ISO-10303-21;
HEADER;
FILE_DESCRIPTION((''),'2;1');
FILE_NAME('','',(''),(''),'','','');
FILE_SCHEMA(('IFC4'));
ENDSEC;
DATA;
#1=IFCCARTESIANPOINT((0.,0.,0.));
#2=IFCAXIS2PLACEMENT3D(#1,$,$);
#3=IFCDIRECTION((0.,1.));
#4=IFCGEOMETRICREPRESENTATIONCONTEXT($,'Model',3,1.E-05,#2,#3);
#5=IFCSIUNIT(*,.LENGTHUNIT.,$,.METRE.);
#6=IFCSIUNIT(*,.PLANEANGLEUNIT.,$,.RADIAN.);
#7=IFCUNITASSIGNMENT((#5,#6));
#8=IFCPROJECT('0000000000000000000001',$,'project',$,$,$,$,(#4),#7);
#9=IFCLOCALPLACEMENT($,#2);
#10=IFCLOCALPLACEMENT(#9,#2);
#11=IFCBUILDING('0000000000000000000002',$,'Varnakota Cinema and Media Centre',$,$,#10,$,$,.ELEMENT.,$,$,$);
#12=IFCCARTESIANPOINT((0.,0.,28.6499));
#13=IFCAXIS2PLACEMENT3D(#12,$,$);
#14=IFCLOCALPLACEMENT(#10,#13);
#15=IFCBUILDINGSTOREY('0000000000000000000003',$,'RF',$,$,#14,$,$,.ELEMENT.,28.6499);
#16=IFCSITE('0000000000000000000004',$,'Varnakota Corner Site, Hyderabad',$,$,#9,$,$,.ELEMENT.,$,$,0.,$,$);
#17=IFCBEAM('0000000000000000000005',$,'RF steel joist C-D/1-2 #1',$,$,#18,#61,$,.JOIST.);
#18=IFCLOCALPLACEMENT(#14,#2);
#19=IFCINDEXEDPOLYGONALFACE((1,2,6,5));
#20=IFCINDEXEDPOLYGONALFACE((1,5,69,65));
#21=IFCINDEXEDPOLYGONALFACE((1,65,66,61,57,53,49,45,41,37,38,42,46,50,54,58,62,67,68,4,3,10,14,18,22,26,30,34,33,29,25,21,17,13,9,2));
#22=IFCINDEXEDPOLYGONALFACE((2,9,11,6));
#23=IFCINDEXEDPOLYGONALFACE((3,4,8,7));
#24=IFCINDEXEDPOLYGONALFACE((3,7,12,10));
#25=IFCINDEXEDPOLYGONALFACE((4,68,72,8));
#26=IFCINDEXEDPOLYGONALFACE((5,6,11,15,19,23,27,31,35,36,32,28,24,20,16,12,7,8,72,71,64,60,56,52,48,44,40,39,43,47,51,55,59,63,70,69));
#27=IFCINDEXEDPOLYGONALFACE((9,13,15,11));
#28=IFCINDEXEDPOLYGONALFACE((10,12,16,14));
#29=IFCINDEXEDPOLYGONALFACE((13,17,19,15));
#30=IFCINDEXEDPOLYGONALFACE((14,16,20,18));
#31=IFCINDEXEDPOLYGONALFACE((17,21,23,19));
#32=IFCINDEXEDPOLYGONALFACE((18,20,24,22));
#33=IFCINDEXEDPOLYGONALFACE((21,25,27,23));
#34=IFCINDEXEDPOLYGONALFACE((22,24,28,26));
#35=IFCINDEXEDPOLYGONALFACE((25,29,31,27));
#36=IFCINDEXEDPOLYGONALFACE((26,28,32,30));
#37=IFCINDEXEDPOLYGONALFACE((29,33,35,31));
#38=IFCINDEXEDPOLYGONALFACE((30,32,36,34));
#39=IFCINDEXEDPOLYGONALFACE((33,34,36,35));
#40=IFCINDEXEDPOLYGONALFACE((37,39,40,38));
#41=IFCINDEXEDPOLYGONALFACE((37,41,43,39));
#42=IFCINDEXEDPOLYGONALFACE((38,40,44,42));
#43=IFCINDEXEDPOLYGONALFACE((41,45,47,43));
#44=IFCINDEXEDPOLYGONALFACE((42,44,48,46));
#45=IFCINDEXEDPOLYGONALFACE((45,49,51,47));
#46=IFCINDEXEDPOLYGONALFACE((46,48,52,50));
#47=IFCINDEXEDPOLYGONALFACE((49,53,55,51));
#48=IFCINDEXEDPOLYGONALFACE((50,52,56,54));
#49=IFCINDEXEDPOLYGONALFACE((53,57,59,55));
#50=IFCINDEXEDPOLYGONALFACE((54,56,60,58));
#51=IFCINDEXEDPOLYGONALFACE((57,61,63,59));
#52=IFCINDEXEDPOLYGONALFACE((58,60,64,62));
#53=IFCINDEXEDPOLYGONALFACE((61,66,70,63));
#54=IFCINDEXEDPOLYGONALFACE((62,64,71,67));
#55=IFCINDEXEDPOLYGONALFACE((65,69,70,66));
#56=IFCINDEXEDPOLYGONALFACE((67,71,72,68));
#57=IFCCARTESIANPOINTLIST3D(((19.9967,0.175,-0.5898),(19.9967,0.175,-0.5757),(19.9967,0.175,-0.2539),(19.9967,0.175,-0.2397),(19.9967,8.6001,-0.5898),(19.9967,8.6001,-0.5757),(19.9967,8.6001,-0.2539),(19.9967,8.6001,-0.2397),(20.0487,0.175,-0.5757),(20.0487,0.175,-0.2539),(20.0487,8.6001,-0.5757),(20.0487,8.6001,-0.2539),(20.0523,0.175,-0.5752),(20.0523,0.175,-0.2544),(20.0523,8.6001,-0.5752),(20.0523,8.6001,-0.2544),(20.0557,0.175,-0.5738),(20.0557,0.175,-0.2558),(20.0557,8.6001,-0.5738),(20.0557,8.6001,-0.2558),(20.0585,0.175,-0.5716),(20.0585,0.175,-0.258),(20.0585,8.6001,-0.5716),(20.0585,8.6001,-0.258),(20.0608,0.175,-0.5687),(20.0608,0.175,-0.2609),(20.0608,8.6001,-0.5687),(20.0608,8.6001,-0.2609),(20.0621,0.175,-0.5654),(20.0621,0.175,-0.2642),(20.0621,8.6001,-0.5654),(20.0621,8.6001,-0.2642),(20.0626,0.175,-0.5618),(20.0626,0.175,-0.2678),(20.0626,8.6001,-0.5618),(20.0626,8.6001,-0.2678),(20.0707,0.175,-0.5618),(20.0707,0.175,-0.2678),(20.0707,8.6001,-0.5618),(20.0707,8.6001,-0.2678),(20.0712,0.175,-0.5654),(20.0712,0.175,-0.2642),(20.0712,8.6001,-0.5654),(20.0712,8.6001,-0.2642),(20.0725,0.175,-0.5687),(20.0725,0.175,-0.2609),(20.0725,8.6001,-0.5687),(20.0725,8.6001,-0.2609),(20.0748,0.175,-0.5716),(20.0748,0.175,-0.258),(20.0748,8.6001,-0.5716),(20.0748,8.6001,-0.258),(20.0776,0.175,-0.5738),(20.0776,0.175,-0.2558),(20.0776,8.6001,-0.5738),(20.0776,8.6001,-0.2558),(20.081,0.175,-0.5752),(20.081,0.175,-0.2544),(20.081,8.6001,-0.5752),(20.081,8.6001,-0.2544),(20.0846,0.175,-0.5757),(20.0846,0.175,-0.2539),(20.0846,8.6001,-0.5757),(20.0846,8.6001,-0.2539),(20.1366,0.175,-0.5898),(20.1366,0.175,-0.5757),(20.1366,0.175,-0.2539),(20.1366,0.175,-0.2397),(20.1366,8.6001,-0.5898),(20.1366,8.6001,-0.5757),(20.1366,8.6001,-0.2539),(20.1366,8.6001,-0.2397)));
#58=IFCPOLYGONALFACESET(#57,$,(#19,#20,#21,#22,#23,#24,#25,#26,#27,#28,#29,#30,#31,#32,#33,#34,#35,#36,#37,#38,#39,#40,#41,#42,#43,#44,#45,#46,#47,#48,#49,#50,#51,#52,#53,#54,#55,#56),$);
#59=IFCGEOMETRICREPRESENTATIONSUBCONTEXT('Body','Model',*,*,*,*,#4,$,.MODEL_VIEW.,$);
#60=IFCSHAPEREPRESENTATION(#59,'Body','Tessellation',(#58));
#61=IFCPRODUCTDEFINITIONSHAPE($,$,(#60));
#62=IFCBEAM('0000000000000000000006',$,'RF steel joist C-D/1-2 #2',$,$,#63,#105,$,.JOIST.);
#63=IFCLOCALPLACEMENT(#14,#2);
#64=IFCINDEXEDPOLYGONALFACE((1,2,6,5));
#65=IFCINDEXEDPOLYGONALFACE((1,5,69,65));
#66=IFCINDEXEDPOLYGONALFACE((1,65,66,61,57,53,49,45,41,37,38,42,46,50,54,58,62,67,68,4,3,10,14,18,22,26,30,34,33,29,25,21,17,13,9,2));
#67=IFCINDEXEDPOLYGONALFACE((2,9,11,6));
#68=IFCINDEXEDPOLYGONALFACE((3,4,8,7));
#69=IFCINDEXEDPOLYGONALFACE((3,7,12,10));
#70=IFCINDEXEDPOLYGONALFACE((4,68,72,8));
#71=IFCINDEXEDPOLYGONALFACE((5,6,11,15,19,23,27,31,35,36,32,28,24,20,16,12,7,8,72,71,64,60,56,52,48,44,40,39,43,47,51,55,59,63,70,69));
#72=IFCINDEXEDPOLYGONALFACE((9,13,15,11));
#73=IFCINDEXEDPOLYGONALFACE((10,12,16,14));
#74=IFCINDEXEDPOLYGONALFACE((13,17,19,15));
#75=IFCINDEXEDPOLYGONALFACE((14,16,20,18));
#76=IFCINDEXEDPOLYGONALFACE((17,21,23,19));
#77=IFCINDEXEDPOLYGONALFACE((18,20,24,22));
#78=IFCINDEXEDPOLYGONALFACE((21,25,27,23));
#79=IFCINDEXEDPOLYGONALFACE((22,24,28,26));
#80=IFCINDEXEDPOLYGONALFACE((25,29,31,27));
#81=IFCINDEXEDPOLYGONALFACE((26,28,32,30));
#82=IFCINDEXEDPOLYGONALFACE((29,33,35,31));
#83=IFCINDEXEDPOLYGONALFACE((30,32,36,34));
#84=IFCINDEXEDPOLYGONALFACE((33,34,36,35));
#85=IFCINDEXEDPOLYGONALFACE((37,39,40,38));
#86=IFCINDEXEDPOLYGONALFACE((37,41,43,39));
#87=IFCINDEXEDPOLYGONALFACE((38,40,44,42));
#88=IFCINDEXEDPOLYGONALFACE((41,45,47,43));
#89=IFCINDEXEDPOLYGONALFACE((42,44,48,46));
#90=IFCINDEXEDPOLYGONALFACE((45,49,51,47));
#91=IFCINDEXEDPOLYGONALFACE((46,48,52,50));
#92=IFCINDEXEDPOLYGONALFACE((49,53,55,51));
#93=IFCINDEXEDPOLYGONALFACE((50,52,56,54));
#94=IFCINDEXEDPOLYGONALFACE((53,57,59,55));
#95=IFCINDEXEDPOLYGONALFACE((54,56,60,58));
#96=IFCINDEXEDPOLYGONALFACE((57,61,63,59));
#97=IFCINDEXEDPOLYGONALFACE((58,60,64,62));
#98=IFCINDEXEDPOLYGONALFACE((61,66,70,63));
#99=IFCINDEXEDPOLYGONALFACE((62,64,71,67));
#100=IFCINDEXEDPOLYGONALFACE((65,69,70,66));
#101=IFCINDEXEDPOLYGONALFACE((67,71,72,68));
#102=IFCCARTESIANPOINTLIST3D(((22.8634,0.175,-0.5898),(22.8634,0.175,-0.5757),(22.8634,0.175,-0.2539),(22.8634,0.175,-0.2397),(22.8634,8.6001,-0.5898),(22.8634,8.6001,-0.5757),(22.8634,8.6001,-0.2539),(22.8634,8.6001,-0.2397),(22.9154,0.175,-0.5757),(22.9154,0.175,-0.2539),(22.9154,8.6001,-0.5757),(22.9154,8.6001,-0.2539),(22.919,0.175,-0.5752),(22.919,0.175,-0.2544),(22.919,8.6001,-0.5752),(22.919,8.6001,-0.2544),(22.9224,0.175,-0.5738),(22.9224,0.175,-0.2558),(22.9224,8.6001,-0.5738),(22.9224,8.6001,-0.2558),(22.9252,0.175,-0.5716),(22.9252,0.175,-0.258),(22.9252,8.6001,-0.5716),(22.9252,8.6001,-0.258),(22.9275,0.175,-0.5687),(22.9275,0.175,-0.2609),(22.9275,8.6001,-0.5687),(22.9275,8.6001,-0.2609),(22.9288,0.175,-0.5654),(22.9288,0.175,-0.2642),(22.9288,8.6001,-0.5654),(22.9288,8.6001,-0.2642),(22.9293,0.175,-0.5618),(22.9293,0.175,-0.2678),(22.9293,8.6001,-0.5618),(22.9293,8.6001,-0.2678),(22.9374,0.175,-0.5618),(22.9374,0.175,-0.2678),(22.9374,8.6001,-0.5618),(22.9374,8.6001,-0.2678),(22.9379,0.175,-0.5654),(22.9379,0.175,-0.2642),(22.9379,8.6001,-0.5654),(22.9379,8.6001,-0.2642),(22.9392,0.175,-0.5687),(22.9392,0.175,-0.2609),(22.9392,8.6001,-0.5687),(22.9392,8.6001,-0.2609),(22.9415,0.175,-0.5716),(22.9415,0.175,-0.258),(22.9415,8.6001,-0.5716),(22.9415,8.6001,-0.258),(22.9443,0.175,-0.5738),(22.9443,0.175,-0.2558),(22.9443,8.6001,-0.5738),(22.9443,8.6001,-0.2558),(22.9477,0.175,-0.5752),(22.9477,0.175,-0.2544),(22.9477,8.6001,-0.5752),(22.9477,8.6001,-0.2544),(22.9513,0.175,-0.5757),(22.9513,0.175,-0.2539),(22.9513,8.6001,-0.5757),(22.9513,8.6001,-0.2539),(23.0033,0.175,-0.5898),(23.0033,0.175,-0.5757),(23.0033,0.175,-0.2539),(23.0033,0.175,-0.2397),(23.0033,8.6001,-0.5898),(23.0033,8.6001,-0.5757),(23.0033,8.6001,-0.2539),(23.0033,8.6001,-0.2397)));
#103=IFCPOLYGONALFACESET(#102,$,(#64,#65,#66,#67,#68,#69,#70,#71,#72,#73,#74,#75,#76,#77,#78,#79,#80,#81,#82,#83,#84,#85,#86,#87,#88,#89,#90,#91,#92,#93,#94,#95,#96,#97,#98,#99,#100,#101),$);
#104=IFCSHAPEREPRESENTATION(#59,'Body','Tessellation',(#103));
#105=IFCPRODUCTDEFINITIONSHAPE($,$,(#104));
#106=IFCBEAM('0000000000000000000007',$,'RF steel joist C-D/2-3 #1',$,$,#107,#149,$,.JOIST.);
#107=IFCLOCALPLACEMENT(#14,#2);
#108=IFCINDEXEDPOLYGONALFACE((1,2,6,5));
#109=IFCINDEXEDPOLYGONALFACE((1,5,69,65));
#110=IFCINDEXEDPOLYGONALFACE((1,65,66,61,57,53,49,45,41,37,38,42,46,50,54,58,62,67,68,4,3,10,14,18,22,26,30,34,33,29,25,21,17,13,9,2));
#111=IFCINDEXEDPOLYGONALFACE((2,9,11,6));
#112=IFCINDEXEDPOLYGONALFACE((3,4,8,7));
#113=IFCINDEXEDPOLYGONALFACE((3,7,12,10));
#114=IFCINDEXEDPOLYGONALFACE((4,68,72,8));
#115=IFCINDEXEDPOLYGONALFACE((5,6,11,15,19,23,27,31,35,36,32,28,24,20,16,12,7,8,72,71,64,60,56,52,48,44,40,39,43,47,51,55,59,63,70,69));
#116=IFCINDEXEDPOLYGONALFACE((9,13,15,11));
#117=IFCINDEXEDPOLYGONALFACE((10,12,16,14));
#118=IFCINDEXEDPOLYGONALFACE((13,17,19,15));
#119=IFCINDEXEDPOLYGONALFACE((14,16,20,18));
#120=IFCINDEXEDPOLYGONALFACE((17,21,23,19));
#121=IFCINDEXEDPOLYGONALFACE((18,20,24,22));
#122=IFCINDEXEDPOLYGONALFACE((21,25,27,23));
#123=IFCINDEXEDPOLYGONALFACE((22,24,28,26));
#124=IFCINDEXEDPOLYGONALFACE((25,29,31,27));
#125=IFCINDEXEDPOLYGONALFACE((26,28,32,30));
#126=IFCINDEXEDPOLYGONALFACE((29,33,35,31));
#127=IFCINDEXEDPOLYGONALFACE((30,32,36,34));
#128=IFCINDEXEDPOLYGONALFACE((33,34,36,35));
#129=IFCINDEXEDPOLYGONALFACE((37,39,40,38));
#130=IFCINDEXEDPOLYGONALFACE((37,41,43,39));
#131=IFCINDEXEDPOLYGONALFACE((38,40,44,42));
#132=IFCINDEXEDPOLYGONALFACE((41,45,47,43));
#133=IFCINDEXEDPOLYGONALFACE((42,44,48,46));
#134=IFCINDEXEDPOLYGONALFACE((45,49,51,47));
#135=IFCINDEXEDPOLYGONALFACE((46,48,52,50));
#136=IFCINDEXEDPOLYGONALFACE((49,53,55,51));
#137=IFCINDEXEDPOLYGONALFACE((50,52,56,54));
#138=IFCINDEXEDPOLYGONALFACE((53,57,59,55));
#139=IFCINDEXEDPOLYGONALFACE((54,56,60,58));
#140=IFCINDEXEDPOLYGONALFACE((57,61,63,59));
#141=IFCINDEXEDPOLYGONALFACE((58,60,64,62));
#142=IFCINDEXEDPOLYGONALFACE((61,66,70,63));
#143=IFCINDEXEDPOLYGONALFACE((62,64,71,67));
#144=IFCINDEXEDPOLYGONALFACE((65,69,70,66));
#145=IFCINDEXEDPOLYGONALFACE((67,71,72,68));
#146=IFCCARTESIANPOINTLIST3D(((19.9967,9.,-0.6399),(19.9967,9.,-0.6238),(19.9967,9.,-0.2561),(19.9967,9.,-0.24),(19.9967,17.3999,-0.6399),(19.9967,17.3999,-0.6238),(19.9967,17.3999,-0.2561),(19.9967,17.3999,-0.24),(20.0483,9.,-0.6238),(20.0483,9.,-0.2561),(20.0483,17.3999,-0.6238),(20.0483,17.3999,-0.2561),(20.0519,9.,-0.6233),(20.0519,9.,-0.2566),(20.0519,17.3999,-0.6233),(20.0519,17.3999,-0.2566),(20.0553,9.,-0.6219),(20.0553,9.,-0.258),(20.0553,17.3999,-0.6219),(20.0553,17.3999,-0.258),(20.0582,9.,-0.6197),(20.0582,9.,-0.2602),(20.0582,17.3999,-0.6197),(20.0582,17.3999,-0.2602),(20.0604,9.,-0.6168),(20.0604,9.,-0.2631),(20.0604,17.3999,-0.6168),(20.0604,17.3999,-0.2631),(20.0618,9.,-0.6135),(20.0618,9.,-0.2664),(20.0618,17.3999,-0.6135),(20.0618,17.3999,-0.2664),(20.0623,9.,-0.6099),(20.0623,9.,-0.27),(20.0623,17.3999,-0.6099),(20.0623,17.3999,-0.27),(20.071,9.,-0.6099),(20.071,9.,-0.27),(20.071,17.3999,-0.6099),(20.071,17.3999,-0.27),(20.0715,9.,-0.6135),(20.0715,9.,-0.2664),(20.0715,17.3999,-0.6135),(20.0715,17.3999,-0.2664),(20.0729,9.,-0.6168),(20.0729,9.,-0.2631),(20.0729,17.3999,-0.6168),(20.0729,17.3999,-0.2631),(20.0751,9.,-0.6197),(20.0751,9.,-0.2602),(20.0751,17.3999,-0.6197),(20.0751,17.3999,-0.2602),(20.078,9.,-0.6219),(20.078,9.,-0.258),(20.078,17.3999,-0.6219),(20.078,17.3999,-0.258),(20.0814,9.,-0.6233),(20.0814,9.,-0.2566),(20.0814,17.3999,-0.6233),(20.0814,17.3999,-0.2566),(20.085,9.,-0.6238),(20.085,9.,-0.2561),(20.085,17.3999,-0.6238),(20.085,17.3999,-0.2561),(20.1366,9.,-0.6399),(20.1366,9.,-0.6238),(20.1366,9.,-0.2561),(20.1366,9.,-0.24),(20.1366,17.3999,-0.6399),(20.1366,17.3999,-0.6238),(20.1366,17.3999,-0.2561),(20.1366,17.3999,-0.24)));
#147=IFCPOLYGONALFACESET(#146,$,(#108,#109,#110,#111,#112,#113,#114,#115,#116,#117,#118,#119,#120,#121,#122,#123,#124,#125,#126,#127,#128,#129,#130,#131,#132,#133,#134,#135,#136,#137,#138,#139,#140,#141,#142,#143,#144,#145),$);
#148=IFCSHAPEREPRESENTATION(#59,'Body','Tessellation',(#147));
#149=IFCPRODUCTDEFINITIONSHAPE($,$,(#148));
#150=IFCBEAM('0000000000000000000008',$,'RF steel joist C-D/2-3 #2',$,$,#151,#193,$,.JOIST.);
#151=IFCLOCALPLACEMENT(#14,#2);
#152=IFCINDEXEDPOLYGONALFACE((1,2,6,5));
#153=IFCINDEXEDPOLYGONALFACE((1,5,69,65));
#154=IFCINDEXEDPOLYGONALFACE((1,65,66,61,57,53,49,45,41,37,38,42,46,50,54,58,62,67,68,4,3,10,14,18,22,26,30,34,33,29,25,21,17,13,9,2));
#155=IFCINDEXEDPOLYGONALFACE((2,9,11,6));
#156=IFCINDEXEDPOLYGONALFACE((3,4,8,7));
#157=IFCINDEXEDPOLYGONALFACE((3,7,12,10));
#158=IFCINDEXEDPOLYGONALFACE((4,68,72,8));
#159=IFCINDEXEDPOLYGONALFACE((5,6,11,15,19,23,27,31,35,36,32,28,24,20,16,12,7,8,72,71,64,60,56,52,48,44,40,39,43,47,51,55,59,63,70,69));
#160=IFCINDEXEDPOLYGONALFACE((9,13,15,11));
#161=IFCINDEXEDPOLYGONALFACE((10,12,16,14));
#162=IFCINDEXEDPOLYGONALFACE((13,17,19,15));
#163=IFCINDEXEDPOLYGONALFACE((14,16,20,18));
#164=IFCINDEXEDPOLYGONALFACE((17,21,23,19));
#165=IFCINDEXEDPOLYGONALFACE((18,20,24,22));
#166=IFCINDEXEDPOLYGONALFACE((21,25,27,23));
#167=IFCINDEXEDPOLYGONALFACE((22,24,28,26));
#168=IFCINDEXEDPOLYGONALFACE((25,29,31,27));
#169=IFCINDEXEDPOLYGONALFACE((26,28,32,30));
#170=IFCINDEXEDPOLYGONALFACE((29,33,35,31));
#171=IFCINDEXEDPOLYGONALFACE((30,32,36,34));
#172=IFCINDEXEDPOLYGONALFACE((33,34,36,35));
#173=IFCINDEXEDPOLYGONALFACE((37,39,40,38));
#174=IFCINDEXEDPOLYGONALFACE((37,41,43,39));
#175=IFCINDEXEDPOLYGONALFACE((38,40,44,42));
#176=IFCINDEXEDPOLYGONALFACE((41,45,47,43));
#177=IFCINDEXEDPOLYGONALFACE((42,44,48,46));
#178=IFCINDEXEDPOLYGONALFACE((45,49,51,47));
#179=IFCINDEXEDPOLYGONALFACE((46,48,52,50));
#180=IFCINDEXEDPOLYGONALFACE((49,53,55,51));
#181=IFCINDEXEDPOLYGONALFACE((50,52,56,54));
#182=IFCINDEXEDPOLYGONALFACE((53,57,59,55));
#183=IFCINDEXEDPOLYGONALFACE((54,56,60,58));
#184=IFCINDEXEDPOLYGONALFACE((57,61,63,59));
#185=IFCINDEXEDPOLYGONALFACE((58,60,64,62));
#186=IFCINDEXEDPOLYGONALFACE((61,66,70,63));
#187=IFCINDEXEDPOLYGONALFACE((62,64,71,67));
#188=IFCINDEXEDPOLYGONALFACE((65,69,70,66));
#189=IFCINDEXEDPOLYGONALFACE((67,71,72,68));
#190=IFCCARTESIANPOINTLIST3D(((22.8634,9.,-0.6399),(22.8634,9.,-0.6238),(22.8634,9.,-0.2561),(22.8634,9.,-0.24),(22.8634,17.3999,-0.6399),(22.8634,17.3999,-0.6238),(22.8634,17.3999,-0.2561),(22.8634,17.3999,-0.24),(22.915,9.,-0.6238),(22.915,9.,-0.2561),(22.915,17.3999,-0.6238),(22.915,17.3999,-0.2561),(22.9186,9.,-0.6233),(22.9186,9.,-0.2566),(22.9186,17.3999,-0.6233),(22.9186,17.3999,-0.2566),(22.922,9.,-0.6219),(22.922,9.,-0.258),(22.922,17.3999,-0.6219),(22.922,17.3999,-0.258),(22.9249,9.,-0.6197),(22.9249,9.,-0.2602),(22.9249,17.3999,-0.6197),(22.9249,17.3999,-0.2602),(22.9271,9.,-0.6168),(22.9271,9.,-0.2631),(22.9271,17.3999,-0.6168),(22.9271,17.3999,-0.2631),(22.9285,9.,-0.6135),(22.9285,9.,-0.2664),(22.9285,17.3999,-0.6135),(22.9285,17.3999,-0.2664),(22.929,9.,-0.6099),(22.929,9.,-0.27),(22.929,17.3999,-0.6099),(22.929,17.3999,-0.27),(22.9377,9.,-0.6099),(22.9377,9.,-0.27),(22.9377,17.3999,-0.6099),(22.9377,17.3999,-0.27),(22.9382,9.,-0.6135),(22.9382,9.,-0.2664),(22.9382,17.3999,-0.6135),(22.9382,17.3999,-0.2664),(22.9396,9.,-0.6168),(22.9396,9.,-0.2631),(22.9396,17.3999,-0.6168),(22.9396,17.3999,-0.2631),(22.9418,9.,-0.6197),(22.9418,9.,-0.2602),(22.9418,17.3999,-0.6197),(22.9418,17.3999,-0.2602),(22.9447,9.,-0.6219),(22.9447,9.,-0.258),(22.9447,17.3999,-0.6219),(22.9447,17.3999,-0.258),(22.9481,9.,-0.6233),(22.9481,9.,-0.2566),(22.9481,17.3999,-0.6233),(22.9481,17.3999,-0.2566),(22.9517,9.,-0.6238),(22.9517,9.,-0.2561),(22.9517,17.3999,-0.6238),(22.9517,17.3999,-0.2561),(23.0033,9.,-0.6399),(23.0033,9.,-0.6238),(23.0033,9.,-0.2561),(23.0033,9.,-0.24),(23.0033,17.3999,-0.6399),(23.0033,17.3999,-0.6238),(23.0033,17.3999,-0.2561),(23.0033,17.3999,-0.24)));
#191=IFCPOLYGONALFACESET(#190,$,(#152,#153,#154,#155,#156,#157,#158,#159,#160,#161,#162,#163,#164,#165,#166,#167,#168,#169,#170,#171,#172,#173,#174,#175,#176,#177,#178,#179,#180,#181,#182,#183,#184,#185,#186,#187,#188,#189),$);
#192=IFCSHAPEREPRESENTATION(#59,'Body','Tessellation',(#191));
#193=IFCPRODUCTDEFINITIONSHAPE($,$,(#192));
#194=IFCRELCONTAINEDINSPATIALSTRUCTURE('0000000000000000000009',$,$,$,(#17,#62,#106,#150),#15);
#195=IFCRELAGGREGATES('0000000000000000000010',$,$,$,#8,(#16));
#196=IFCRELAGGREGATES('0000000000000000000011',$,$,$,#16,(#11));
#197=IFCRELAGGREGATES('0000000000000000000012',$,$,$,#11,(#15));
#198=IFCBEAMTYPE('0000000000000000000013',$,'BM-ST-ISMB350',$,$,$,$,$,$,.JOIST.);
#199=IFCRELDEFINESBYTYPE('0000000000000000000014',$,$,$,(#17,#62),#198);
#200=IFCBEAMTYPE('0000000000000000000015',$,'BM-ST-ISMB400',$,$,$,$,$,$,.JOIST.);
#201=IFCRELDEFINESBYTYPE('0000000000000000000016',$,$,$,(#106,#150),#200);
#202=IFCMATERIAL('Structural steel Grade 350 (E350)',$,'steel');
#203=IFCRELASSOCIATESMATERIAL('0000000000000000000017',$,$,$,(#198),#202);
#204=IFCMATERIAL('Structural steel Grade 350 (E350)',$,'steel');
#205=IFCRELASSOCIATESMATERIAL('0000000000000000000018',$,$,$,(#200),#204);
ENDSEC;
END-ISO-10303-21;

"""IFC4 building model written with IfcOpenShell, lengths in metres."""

from ifc_helpers import new_model, si_unit, direction, frame, origin, origin_2d, place, context, subcontext, project, spatial, i_section, extrude, material, material_profile, profile_set, type_object, element, save


model = new_model("IFC4")

# Units and contexts
model_context = context("Model", 3, precision=1e-05, world=origin(), true_north=direction((0.0, 1.0)))
body_context = subcontext(model_context, "Body", "Model", "MODEL_VIEW")
ifc_project = project(units=[si_unit("LENGTHUNIT", "METRE"), si_unit("PLANEANGLEUNIT", "RADIAN")], contexts=[model_context])

# Site, building, storey
site_placement = place(None, origin())
site = spatial("IfcSite", under=ifc_project, at=site_placement, Name="Varnakota Corner Site, Hyderabad", CompositionType="ELEMENT", RefElevation=0.0)
building_placement = place(site_placement, origin())
building = spatial("IfcBuilding", under=site, at=building_placement, Name="Varnakota Cinema and Media Centre", CompositionType="ELEMENT")
storey_placement = place(building_placement, frame((0.0, 0.0, 28.6499)))
storey = spatial("IfcBuildingStorey", under=building, at=storey_placement, Name="RF", CompositionType="ELEMENT", Elevation=28.6499)

# Beams
ifc_material_1 = material(Name="Structural steel Grade 350 (E350)", Category="steel")
ifc_material_profile_1 = material_profile(ifc_material_1, i_section(OverallWidth=0.1399, OverallDepth=0.3501, WebThickness=0.0081, FlangeThickness=0.0142, FilletRadius=0.0139, at=origin_2d()), Name="ISMB 350")
ifc_profile_set_1 = profile_set([ifc_material_profile_1], Name="Structural steel Grade 350 (E350)")
beam_type_1 = type_object("IfcBeamType", Name="BM-ST-ISMB350", PredefinedType="JOIST", material=ifc_profile_set_1)
for number, where, z_axis, x_axis, name in (
    (1, (20.0667, 0.175, -0.4148), (0.0, 1.0, 0.0), (-1.0, 0.0, 0.0), "RF steel joist C-D/1-2 #1"),
    (2, (22.9333, 0.175, -0.4148), (0.0, 1.0, 0.0), (-1.0, 0.0, 0.0), "RF steel joist C-D/1-2 #2"),
):
    element("IfcBeam", number, at=place(storey_placement, frame(where, z_axis=z_axis, x_axis=x_axis)), inside=storey, type_object=beam_type_1, Name=name, PredefinedType="JOIST", context=body_context, shape_type="SweptSolid", body=[
        extrude(i_section(OverallWidth=0.1399, OverallDepth=0.3501, WebThickness=0.0081, FlangeThickness=0.0142, FilletRadius=0.0139, at=origin_2d()), origin(), (0.0, 0.0, 1.0), 8.425),
    ])
ifc_material_2 = material(Name="Structural steel Grade 350 (E350)", Category="steel")
ifc_material_profile_2 = material_profile(ifc_material_2, i_section(OverallWidth=0.1399, OverallDepth=0.3999, WebThickness=0.0088, FlangeThickness=0.0161, FilletRadius=0.0139, at=origin_2d()), Name="ISMB 400")
ifc_profile_set_2 = profile_set([ifc_material_profile_2], Name="Structural steel Grade 350 (E350)")
beam_type_2 = type_object("IfcBeamType", Name="BM-ST-ISMB400", PredefinedType="JOIST", material=ifc_profile_set_2)
for number, where, z_axis, x_axis, name in (
    (3, (20.0667, 9.0, -0.4399), (0.0, 1.0, 0.0), (-1.0, 0.0, 0.0), "RF steel joist C-D/2-3 #1"),
    (4, (22.9333, 9.0, -0.4399), (0.0, 1.0, 0.0), (-1.0, 0.0, 0.0), "RF steel joist C-D/2-3 #2"),
):
    element("IfcBeam", number, at=place(storey_placement, frame(where, z_axis=z_axis, x_axis=x_axis)), inside=storey, type_object=beam_type_2, Name=name, PredefinedType="JOIST", context=body_context, shape_type="SweptSolid", body=[
        extrude(i_section(OverallWidth=0.1399, OverallDepth=0.3999, WebThickness=0.0088, FlangeThickness=0.0161, FilletRadius=0.0139, at=origin_2d()), origin(), (0.0, 0.0, 1.0), 8.3999),
    ])

save(model, "model.ifc")
